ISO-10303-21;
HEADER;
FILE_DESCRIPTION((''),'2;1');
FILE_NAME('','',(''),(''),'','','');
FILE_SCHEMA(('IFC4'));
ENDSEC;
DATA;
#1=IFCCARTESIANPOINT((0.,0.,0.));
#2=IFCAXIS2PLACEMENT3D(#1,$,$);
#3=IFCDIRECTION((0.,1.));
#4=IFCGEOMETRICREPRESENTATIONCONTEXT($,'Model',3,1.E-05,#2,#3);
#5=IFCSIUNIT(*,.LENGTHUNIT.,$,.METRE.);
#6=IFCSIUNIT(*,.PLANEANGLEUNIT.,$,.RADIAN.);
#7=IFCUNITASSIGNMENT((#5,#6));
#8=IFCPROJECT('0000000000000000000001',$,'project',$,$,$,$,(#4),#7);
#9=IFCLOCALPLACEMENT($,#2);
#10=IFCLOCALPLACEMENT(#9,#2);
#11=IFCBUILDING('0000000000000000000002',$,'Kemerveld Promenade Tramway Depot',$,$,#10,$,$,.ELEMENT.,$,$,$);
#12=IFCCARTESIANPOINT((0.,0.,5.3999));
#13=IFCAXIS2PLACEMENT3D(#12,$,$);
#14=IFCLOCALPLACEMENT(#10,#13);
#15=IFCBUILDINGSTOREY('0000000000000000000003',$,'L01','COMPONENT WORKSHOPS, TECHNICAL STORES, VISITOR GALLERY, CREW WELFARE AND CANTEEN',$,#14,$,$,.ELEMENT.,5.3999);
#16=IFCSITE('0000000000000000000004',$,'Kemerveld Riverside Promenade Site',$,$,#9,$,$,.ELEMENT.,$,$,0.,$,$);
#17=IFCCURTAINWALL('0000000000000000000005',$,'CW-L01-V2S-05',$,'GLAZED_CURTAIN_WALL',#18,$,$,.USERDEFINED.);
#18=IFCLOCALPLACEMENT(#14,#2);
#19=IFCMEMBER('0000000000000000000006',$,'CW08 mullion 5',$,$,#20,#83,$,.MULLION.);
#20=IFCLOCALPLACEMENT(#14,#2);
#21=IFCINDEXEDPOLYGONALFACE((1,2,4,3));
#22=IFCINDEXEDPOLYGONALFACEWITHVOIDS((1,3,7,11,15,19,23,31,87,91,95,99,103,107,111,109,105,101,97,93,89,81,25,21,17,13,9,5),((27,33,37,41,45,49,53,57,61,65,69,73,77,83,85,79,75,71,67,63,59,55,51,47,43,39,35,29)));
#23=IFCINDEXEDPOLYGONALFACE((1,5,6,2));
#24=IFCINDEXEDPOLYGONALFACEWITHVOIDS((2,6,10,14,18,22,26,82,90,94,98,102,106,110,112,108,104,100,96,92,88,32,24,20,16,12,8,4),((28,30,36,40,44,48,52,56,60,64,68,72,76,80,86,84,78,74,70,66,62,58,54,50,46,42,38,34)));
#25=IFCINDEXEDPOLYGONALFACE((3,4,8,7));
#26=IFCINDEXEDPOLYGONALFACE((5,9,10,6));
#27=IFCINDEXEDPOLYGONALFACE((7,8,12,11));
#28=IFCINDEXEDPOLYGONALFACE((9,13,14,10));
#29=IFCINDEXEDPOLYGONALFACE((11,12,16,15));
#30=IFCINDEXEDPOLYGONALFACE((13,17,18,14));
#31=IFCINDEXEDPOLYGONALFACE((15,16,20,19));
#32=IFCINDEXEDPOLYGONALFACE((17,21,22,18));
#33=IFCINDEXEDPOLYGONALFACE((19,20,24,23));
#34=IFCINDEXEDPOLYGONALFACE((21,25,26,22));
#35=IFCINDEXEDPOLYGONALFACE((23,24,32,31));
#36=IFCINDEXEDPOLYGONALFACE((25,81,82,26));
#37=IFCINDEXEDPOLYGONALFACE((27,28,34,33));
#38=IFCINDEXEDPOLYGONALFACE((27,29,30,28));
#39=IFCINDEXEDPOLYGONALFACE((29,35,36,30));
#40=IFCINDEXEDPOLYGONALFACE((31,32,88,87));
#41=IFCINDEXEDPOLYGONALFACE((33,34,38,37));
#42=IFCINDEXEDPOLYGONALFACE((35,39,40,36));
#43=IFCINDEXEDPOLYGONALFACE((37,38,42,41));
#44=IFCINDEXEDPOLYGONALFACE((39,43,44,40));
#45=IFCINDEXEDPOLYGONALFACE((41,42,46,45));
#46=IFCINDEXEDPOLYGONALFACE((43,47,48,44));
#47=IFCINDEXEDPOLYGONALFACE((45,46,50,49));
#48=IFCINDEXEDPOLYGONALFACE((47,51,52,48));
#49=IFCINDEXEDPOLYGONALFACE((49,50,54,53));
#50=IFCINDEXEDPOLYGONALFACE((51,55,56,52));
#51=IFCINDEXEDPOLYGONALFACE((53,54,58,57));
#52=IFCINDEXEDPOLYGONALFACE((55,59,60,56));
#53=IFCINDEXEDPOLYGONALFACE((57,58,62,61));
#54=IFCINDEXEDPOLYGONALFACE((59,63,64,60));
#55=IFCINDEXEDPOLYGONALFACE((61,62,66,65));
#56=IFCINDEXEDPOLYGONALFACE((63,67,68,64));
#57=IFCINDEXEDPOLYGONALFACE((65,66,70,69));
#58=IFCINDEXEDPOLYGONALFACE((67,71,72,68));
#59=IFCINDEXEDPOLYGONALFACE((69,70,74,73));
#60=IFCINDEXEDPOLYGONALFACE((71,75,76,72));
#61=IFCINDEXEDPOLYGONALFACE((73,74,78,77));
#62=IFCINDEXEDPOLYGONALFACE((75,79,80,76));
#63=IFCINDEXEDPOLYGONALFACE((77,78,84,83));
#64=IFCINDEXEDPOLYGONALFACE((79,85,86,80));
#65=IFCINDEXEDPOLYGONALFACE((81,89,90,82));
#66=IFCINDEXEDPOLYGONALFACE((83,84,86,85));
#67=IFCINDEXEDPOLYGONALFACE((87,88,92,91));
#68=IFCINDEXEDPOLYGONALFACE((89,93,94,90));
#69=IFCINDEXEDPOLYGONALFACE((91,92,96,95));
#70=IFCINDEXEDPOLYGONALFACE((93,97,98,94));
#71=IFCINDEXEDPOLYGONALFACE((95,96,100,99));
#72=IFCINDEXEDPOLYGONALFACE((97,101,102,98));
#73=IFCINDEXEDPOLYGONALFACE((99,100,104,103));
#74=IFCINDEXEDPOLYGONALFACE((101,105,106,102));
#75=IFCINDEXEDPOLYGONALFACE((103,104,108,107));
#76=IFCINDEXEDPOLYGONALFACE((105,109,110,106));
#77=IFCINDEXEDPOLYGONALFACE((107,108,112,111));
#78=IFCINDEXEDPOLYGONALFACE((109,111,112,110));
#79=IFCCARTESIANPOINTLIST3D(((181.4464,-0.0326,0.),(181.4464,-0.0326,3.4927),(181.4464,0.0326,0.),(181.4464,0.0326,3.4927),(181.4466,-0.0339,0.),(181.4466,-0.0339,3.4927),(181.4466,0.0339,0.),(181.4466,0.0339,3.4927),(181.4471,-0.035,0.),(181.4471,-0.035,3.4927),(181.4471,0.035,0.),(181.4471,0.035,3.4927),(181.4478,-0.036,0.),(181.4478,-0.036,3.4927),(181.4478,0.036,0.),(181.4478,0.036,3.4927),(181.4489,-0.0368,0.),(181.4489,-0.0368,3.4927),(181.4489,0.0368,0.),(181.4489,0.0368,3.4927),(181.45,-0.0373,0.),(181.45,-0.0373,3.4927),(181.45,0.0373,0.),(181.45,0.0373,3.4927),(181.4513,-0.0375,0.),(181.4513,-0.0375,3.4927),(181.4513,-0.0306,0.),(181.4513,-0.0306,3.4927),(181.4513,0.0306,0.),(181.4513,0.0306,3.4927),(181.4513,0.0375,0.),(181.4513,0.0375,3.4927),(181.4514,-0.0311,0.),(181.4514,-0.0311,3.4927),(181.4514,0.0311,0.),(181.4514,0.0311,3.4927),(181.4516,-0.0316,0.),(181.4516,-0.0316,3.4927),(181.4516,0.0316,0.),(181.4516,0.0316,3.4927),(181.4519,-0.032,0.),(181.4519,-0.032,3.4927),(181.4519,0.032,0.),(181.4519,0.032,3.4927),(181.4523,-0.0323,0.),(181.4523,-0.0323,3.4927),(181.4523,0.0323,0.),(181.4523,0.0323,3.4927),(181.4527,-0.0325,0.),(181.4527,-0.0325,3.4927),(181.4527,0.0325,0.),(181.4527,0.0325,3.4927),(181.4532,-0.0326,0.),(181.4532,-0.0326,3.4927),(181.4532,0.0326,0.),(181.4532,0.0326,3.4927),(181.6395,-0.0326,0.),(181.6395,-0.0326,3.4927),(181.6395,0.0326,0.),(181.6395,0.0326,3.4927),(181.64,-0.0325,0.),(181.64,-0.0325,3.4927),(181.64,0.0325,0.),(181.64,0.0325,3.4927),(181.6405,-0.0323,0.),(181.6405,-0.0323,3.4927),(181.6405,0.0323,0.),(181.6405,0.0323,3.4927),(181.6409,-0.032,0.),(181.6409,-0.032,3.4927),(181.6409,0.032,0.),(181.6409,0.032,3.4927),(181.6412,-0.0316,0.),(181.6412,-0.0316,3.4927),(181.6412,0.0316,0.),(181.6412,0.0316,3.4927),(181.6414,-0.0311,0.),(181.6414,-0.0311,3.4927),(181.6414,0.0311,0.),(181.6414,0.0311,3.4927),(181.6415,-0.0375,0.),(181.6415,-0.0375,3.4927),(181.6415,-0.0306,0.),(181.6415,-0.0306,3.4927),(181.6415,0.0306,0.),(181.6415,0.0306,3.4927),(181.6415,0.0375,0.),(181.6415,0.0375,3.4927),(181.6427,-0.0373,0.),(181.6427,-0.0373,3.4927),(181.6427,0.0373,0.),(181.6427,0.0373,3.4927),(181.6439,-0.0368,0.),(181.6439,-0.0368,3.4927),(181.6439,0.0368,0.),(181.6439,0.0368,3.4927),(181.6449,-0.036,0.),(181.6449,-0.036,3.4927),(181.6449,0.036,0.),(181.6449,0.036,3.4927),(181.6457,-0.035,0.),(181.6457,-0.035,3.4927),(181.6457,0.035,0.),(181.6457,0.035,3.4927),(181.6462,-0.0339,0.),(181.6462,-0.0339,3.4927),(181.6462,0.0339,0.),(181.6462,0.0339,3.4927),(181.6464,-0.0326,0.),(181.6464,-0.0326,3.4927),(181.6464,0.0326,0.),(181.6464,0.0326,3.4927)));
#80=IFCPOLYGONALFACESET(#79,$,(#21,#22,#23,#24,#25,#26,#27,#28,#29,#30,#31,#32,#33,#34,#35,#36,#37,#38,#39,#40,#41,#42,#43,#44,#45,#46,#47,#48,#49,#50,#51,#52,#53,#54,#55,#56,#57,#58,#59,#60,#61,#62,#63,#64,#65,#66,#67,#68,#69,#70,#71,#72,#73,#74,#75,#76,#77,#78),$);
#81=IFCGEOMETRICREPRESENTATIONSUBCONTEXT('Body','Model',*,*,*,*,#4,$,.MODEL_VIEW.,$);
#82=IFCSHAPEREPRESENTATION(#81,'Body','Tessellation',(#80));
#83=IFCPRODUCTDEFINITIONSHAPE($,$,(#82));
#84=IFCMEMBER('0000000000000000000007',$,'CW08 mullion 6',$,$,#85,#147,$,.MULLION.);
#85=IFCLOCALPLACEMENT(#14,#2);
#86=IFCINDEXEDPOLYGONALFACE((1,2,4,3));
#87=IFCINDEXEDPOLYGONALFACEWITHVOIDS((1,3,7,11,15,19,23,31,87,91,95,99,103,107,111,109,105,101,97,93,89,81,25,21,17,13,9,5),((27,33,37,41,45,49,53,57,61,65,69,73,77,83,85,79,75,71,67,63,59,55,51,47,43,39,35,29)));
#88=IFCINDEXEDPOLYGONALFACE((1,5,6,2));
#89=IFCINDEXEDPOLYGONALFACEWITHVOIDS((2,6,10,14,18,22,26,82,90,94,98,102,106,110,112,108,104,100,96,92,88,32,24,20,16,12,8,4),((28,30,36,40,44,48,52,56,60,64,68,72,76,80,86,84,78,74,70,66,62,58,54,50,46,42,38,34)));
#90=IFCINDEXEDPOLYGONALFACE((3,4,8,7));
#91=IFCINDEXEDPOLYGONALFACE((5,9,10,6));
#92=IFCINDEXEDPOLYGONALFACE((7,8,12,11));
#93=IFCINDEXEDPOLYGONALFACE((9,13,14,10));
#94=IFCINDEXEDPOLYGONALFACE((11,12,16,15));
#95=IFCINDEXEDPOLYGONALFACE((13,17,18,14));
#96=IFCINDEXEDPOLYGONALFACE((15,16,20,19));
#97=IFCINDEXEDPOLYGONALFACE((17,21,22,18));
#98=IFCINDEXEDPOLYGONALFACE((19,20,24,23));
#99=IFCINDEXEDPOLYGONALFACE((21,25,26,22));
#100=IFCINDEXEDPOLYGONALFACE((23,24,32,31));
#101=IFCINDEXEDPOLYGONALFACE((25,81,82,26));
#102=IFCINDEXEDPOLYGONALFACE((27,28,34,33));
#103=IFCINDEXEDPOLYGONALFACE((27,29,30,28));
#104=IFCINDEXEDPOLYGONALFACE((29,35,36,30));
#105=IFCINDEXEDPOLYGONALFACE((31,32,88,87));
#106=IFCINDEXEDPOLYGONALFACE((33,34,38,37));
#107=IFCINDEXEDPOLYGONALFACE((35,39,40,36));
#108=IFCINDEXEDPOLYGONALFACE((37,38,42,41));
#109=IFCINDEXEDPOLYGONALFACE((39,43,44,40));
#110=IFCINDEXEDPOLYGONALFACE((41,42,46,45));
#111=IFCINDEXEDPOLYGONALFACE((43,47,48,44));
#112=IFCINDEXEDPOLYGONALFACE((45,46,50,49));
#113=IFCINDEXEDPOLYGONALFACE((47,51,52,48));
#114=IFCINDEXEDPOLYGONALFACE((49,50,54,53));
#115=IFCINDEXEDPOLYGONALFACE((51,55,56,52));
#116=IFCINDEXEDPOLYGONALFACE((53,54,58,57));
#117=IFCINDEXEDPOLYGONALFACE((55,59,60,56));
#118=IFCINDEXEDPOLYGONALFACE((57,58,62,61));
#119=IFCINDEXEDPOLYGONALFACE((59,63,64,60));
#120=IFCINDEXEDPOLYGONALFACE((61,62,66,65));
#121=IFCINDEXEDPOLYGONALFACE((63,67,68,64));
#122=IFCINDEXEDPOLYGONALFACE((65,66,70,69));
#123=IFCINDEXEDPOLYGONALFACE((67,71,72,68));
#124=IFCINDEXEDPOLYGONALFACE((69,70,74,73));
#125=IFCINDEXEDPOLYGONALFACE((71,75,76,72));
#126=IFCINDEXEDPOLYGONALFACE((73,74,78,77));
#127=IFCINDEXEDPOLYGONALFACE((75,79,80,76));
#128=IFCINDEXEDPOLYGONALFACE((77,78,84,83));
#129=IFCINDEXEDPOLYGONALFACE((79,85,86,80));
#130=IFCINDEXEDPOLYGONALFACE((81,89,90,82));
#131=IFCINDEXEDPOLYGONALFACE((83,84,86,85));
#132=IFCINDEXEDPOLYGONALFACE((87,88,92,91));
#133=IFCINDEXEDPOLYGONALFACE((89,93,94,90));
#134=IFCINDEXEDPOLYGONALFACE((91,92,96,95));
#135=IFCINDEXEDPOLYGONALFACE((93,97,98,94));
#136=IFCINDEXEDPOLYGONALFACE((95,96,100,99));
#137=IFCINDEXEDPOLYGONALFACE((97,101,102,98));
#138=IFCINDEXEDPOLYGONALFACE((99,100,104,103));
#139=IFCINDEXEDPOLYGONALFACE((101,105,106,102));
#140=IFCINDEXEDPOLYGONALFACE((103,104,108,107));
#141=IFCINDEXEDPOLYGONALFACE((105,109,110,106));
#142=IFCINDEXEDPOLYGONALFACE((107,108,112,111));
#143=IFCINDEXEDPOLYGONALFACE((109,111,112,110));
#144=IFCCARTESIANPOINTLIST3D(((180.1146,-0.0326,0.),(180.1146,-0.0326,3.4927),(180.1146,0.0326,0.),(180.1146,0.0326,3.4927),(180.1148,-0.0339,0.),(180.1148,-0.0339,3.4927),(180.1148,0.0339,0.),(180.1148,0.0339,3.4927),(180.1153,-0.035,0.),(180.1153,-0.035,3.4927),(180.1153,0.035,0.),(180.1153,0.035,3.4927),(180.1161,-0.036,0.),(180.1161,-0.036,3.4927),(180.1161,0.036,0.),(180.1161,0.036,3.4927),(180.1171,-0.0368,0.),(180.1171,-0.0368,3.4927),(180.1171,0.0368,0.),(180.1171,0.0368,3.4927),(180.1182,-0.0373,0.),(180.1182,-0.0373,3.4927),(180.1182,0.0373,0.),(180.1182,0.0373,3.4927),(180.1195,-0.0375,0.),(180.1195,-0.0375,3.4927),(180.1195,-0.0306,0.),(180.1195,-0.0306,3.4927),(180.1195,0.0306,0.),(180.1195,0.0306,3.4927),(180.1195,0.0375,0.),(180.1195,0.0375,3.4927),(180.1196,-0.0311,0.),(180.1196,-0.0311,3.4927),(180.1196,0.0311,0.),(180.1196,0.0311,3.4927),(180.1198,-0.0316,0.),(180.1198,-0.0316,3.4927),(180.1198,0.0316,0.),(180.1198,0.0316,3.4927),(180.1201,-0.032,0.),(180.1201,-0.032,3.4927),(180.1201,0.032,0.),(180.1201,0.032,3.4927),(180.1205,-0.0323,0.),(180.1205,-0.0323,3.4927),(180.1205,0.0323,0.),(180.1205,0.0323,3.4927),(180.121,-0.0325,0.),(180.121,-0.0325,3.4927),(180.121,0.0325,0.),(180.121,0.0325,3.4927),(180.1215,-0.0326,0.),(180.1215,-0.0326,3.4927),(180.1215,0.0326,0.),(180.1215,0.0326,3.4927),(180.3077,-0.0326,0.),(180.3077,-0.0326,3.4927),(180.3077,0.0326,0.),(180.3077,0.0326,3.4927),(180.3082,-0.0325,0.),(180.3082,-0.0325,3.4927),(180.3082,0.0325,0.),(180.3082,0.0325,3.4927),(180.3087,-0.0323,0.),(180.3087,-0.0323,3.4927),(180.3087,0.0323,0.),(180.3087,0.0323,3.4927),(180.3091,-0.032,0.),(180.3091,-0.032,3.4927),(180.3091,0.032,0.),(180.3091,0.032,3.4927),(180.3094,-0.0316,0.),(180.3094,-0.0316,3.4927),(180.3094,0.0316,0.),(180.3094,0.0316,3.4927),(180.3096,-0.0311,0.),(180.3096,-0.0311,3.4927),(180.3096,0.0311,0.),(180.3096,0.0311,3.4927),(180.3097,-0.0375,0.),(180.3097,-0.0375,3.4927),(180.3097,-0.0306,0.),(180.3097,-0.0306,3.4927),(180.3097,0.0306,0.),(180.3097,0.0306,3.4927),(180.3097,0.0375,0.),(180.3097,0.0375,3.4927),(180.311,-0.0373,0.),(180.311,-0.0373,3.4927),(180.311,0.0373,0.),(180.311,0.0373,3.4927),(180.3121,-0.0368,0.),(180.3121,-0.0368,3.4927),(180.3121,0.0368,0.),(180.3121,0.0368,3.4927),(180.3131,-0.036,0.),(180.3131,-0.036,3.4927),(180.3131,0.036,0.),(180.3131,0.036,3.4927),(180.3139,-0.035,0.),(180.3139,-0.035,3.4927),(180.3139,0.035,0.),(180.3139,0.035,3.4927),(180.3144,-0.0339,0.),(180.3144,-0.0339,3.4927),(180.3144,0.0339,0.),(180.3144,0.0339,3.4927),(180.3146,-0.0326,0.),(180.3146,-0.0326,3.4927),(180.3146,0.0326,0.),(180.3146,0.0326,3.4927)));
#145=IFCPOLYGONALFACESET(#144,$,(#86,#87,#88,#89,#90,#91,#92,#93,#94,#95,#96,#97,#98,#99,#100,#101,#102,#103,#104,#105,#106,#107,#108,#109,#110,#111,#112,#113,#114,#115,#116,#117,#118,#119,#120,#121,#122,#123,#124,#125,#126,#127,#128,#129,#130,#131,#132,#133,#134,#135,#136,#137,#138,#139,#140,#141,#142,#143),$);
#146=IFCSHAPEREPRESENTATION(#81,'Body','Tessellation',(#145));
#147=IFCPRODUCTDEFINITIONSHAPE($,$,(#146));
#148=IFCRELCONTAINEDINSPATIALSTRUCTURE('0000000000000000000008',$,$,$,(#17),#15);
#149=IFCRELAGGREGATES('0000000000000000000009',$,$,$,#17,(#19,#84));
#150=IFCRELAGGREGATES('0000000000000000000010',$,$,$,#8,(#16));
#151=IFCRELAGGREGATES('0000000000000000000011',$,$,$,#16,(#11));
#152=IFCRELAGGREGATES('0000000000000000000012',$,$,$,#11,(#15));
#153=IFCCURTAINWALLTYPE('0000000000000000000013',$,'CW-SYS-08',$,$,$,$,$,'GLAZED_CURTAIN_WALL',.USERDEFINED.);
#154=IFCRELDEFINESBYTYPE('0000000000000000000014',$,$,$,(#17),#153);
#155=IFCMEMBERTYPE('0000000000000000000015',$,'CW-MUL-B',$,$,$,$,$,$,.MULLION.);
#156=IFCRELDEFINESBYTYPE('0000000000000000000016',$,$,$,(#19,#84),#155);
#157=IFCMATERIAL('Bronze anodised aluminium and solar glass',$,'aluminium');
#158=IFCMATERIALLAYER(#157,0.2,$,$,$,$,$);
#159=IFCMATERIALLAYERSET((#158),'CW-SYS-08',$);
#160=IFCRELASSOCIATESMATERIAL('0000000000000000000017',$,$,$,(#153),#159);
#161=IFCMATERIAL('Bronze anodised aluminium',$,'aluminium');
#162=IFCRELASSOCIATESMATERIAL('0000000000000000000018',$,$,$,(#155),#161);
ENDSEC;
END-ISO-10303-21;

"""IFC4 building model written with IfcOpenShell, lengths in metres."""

from ifc_helpers import new_model, si_unit, direction, frame, origin, origin_2d, place, context, subcontext, project, spatial, hollow_rectangle, extrude, material, layer, layer_set, material_profile, profile_set, type_object, element, aggregate, save


model = new_model("IFC4")

# Units and contexts
model_context = context("Model", 3, precision=1e-05, world=origin(), true_north=direction((0.0, 1.0)))
body_context = subcontext(model_context, "Body", "Model", "MODEL_VIEW")
ifc_project = project(units=[si_unit("LENGTHUNIT", "METRE"), si_unit("PLANEANGLEUNIT", "RADIAN")], contexts=[model_context])

# Site, building, storey
site_placement = place(None, origin())
site = spatial("IfcSite", under=ifc_project, at=site_placement, Name="Kemerveld Riverside Promenade Site", CompositionType="ELEMENT", RefElevation=0.0)
building_placement = place(site_placement, origin())
building = spatial("IfcBuilding", under=site, at=building_placement, Name="Kemerveld Promenade Tramway Depot", CompositionType="ELEMENT")
storey_placement = place(building_placement, frame((0.0, 0.0, 5.3999)))
storey = spatial("IfcBuildingStorey", under=building, at=storey_placement, Name="L01", Description="COMPONENT WORKSHOPS, TECHNICAL STORES, VISITOR GALLERY, CREW WELFARE AND CANTEEN", CompositionType="ELEMENT", Elevation=5.3999)

# Curtain wall, members
ifc_material_1 = material(Name="Bronze anodised aluminium and solar glass", Category="aluminium")
ifc_layer_1 = layer(ifc_material_1, 0.2)
ifc_layer_set_1 = layer_set([ifc_layer_1], Name="CW-SYS-08")
curtain_wall_type = type_object("IfcCurtainWallType", Name="CW-SYS-08", ElementType="GLAZED_CURTAIN_WALL", PredefinedType="USERDEFINED", material=ifc_layer_set_1)
curtain_wall_placement = place(storey_placement, origin())
curtain_wall = element("IfcCurtainWall", 1, at=curtain_wall_placement, inside=storey, type_object=curtain_wall_type, Name="CW-L01-V2S-05", ObjectType="GLAZED_CURTAIN_WALL", PredefinedType="USERDEFINED")
ifc_material_2 = material(Name="Bronze anodised aluminium", Category="aluminium")
ifc_material_profile_1 = material_profile(ifc_material_2, hollow_rectangle(XDim=0.075, YDim=0.2, WallThickness=0.0049, InnerFilletRadius=0.002, OuterFilletRadius=0.0049, at=origin_2d()), Name="CW-MUL-200x75")
ifc_profile_set_1 = profile_set([ifc_material_profile_1], Name="Bronze anodised aluminium")
member_type_1 = type_object("IfcMemberType", Name="CW-MUL-B", PredefinedType="MULLION", material=ifc_profile_set_1)
member_1_placement = place(storey_placement, frame((181.5464, 0.0, 0.0), z_axis=(0.0, 0.0, 1.0), x_axis=(0.0, -1.0, 0.0)))
member_1 = element("IfcMember", 2, at=member_1_placement, type_object=member_type_1, Name="CW08 mullion 5", PredefinedType="MULLION", context=body_context, shape_type="SweptSolid", body=[
    extrude(hollow_rectangle(XDim=0.075, YDim=0.2, WallThickness=0.0049, InnerFilletRadius=0.002, OuterFilletRadius=0.0049, at=origin_2d()), origin(), (0.0, 0.0, 1.0), 3.4927),
])
member_2_placement = place(storey_placement, frame((180.2146, 0.0, 0.0), z_axis=(0.0, 0.0, 1.0), x_axis=(0.0, -1.0, 0.0)))
member_2 = element("IfcMember", 3, at=member_2_placement, type_object=member_type_1, Name="CW08 mullion 6", PredefinedType="MULLION", context=body_context, shape_type="SweptSolid", body=[
    extrude(hollow_rectangle(XDim=0.075, YDim=0.2, WallThickness=0.0049, InnerFilletRadius=0.002, OuterFilletRadius=0.0049, at=origin_2d()), origin(), (0.0, 0.0, 1.0), 3.4927),
])

aggregate(curtain_wall, [member_1, member_2])

save(model, "model.ifc")
